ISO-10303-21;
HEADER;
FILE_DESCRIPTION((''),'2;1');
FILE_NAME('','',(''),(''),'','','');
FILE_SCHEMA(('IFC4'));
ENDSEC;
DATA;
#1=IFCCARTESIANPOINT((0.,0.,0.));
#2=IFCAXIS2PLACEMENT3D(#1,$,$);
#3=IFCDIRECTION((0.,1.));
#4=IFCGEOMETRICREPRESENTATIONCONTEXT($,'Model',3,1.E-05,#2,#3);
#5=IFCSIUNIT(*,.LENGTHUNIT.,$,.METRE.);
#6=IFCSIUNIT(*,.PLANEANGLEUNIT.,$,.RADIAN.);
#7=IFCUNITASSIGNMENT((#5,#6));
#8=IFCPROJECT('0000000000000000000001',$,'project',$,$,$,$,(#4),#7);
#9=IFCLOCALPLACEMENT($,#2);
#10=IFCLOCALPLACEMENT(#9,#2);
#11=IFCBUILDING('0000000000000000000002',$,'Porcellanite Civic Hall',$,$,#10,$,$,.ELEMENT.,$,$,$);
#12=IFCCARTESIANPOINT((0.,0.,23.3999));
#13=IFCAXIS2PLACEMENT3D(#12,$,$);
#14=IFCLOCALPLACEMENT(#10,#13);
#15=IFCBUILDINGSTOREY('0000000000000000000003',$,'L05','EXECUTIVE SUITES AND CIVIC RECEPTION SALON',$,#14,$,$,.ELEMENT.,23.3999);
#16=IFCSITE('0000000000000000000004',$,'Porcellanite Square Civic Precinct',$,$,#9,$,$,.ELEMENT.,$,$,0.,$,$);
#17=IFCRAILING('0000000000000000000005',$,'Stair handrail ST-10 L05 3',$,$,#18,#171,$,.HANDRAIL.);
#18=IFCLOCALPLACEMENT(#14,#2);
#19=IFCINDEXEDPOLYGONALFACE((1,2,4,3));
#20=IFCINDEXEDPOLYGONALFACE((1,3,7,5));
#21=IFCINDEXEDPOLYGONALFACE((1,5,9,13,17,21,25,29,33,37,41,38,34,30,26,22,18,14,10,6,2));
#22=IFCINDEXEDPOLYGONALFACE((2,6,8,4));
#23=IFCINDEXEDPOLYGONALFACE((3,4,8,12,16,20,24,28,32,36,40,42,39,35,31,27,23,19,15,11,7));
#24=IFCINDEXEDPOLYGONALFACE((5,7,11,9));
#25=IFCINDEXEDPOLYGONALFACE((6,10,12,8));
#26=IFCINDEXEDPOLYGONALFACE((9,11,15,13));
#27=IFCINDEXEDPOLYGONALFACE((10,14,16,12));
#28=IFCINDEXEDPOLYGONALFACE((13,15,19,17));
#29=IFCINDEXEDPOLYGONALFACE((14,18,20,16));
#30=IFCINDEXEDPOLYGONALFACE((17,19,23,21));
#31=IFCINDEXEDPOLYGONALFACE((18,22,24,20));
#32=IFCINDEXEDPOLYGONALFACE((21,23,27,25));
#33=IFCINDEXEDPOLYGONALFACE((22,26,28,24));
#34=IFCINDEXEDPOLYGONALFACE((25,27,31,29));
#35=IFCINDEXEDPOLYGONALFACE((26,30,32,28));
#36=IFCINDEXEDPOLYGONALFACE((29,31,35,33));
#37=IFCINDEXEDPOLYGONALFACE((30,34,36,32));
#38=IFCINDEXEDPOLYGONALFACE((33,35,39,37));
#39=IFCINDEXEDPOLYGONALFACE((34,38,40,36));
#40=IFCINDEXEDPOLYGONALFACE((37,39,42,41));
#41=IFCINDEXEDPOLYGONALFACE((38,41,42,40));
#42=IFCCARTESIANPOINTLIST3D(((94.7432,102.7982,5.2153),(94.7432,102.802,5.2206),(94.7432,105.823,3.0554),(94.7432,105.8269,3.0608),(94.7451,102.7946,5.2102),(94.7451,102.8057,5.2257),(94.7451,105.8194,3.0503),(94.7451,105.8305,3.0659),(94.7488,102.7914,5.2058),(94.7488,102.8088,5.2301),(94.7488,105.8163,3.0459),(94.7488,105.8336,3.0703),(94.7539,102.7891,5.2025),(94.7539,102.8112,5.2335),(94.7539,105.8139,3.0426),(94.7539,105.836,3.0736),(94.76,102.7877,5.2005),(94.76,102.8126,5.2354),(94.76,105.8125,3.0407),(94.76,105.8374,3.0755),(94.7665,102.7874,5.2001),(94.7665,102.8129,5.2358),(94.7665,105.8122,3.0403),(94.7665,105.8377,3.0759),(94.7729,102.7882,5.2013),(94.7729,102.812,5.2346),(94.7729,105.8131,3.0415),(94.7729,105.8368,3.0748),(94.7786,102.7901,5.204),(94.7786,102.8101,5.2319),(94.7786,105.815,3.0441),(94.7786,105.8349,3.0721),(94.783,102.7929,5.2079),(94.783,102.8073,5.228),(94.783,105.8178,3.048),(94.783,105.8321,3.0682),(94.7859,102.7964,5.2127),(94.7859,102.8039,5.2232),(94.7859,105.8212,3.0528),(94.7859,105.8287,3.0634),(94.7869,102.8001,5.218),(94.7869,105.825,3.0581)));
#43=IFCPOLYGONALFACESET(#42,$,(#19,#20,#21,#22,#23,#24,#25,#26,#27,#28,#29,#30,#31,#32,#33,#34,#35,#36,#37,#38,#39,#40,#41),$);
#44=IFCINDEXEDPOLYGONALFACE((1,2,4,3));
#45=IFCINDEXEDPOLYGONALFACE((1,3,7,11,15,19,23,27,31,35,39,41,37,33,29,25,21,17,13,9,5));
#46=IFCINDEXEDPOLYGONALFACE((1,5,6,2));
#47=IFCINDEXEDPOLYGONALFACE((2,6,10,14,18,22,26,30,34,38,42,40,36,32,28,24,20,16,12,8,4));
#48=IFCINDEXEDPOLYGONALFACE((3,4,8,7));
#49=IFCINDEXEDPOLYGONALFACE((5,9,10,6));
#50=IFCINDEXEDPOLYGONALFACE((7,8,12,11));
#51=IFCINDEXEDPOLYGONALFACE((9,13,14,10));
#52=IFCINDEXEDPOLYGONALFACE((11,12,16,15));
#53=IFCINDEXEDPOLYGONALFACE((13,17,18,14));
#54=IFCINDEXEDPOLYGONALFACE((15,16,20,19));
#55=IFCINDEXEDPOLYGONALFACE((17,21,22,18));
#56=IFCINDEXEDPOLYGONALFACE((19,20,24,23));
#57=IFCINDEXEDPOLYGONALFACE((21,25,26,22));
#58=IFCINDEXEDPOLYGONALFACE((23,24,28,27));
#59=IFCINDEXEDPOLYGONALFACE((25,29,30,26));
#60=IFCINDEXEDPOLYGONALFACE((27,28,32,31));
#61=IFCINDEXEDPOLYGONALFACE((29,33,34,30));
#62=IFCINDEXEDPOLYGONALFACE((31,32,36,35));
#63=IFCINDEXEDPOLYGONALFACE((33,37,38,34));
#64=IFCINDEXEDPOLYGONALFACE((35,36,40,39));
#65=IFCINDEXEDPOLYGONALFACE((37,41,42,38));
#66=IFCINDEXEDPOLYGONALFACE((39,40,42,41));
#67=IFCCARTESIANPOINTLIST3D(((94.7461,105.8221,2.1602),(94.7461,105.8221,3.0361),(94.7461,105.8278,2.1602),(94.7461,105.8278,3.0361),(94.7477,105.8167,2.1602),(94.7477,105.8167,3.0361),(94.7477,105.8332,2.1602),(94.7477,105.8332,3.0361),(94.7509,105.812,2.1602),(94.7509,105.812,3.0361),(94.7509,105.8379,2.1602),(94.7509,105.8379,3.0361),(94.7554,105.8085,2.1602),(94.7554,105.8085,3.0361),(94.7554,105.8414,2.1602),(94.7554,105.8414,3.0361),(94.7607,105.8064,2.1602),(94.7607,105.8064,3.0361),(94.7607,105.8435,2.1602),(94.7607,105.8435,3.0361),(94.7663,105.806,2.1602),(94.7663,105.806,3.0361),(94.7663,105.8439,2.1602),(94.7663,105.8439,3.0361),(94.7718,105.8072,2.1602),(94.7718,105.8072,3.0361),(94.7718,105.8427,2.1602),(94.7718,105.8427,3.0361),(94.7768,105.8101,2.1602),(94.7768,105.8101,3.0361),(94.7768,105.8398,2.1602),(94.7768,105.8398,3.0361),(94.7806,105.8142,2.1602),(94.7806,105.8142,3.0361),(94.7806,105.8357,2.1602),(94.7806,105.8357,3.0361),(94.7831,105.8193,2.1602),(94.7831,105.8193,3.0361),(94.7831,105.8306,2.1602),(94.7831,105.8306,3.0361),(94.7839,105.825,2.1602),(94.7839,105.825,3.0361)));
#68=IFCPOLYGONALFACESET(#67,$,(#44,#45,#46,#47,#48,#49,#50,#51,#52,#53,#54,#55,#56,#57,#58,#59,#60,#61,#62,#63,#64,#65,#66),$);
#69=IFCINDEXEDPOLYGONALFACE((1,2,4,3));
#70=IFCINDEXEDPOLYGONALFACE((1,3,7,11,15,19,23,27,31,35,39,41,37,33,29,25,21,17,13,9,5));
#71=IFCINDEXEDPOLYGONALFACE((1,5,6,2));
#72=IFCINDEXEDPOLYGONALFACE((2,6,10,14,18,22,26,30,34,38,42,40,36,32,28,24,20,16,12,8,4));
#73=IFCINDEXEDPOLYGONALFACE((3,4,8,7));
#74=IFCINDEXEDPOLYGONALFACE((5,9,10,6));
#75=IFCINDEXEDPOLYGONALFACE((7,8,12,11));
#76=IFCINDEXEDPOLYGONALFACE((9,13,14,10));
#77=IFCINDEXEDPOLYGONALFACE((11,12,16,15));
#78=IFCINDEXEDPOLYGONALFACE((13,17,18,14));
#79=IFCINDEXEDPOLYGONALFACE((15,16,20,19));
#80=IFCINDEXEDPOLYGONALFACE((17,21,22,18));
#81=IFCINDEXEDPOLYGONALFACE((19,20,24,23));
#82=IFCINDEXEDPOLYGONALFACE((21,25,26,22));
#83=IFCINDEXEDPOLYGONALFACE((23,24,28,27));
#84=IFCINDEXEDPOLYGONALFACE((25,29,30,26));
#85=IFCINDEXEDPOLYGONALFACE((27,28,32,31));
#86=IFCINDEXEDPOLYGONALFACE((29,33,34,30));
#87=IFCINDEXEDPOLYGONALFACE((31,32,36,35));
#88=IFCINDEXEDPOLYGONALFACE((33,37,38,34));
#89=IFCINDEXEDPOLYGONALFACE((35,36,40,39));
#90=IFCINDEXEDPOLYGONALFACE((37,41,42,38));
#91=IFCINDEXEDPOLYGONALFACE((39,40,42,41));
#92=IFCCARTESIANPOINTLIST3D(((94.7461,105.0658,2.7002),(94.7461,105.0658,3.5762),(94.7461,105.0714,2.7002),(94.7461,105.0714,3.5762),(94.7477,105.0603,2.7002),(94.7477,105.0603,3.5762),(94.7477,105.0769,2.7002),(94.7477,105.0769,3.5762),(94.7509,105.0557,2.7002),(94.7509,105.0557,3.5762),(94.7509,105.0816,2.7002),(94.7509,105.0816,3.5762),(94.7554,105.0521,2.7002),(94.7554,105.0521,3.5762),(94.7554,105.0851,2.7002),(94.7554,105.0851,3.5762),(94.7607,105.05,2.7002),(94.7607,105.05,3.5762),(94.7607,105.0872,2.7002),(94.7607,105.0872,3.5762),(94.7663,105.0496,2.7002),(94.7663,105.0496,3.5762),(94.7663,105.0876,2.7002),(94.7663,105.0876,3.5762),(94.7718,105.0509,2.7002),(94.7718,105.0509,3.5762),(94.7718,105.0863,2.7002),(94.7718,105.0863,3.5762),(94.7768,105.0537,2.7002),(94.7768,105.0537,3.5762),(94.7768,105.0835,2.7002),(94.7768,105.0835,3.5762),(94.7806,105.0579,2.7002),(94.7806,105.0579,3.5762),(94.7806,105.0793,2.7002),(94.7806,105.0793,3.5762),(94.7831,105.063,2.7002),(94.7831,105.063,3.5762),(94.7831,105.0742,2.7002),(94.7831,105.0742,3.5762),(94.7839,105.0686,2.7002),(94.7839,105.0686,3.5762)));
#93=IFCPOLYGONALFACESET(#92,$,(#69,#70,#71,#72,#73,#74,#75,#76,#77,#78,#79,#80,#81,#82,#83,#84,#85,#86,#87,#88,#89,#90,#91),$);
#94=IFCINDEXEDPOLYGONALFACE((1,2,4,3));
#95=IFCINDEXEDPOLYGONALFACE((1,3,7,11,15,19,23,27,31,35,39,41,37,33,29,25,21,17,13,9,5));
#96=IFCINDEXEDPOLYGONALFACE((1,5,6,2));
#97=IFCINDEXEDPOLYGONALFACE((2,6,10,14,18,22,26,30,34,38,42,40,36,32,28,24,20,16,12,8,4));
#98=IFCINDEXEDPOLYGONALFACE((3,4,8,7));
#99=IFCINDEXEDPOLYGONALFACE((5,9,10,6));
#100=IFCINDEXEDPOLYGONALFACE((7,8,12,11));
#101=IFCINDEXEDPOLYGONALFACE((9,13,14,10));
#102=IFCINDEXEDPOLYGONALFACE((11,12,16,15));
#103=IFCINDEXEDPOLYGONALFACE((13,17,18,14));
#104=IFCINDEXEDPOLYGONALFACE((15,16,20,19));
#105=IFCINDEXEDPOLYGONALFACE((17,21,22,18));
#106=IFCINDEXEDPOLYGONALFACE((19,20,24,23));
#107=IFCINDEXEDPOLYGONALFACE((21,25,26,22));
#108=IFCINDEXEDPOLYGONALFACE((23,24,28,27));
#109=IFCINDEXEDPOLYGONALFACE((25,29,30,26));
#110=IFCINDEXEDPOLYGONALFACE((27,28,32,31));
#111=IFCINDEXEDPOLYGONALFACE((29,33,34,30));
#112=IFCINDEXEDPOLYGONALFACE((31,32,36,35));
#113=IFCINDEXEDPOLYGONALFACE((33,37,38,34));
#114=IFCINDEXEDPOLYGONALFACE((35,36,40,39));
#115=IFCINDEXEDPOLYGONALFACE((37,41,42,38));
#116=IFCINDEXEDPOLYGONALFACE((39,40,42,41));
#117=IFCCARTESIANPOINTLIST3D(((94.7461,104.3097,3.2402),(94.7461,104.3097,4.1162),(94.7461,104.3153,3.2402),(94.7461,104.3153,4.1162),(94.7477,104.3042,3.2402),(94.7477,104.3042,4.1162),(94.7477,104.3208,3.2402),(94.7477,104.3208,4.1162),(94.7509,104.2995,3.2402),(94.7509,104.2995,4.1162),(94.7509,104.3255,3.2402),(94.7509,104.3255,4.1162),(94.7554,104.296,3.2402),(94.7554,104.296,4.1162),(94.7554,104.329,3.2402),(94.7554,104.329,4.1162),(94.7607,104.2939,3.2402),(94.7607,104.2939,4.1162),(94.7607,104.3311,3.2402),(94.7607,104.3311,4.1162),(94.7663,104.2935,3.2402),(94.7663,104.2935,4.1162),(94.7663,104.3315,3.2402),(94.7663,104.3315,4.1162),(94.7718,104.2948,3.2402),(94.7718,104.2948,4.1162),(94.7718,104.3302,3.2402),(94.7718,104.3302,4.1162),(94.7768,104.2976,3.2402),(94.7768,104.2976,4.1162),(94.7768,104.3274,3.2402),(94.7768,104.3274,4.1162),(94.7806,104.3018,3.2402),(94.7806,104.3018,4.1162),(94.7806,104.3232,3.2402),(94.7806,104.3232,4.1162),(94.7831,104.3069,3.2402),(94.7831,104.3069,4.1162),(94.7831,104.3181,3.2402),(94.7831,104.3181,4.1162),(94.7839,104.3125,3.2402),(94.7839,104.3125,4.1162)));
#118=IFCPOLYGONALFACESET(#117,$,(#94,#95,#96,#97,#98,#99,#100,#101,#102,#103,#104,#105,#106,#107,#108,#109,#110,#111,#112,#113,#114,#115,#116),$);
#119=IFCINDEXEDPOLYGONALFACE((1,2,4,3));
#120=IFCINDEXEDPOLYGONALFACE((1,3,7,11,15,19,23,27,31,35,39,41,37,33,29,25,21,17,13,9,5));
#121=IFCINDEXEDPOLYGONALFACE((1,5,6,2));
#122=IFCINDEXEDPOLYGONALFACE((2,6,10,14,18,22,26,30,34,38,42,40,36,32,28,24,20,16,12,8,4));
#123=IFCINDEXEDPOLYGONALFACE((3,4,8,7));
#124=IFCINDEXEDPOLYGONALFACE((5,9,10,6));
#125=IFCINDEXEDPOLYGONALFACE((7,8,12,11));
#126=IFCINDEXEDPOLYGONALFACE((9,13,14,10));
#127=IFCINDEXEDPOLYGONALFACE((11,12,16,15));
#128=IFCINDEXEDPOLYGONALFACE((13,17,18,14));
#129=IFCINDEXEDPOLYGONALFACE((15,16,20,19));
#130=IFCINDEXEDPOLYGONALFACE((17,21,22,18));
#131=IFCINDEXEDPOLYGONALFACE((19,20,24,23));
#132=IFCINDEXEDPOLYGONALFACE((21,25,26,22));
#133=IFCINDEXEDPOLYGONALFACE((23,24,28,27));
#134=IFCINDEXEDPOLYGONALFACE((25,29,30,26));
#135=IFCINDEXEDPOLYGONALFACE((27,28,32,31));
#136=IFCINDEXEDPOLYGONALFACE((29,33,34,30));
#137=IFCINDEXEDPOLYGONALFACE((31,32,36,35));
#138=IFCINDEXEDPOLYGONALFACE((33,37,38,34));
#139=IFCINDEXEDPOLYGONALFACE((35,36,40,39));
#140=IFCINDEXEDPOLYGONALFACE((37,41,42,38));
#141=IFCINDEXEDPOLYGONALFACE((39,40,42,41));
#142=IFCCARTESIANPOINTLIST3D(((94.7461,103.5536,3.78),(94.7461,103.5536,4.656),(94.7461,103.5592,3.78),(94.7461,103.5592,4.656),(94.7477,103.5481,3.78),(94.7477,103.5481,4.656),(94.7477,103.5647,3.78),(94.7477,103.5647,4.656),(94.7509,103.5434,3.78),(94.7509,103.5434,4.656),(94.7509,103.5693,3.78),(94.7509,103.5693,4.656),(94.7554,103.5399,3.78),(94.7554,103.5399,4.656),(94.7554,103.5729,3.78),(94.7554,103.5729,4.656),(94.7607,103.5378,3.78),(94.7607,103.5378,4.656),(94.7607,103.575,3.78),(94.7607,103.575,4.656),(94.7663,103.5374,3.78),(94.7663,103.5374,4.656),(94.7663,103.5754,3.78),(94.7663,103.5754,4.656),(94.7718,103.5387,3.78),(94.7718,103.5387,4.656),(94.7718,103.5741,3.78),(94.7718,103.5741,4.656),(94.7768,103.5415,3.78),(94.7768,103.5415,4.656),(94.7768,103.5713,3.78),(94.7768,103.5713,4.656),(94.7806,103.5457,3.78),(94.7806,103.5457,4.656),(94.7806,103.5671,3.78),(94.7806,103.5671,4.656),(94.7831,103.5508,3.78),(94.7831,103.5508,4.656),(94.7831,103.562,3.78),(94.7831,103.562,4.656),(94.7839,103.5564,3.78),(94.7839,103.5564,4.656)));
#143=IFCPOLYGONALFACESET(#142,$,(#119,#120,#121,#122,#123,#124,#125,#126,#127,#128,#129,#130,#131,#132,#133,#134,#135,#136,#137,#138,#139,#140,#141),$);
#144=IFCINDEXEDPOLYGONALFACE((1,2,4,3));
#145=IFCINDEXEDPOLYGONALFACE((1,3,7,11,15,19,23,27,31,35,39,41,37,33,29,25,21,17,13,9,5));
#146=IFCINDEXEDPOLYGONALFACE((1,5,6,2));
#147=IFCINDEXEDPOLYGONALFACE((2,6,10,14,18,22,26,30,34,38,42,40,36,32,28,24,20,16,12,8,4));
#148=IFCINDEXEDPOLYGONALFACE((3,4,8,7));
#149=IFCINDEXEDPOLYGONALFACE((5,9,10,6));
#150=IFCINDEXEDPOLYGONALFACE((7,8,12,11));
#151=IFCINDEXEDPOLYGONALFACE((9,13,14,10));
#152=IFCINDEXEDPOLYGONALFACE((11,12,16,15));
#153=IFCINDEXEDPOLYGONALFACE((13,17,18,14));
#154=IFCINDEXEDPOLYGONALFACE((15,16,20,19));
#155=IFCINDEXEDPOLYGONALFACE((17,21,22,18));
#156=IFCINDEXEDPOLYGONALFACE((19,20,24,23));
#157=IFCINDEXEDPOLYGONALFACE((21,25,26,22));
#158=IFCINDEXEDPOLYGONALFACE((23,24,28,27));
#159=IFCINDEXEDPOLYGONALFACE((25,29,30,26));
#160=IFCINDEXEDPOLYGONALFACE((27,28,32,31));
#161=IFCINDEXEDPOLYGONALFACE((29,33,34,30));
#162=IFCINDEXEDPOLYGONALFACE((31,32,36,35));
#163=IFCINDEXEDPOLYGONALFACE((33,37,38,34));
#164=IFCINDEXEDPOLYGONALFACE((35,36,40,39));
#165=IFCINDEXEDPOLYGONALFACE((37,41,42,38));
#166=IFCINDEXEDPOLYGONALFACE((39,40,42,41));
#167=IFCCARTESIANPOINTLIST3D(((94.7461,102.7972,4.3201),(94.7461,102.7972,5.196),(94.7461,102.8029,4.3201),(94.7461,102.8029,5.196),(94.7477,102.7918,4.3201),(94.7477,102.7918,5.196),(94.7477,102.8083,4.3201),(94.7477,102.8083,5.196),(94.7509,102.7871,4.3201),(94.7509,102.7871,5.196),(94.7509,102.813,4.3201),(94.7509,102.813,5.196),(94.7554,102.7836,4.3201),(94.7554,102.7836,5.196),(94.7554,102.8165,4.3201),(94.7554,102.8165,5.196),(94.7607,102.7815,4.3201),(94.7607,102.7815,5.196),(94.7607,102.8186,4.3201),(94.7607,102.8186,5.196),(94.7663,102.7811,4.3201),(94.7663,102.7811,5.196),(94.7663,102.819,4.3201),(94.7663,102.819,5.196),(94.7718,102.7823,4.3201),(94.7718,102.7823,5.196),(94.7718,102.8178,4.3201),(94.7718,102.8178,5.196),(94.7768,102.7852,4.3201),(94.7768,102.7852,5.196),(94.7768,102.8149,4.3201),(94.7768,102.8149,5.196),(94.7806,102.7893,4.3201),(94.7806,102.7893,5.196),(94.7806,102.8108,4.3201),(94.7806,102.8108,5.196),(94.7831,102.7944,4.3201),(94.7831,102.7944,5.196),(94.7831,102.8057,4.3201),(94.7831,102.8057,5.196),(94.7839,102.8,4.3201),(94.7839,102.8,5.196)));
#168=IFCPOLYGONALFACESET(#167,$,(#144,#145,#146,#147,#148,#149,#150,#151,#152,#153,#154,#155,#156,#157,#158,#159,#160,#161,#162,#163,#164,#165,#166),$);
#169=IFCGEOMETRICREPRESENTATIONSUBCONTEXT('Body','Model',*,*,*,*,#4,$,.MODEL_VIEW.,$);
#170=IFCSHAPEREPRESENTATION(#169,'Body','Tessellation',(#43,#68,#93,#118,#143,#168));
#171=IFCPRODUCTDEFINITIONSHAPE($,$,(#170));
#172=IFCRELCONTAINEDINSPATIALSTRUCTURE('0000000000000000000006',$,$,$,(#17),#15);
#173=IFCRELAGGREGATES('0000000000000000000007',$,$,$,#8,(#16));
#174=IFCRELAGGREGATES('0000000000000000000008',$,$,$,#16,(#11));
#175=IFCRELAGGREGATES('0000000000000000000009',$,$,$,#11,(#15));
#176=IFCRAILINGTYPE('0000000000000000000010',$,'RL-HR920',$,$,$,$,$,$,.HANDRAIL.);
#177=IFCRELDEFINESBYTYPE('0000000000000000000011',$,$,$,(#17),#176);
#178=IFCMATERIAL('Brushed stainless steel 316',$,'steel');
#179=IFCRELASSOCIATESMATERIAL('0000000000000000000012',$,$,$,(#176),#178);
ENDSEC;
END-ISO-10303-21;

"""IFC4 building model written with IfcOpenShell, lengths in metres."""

from ifc_helpers import new_model, si_unit, direction, frame, origin, origin_2d, place, context, subcontext, project, spatial, circle, extrude, material, type_object, element, save


model = new_model("IFC4")

# Units and contexts
model_context = context("Model", 3, precision=1e-05, world=origin(), true_north=direction((0.0, 1.0)))
body_context = subcontext(model_context, "Body", "Model", "MODEL_VIEW")
ifc_project = project(units=[si_unit("LENGTHUNIT", "METRE"), si_unit("PLANEANGLEUNIT", "RADIAN")], contexts=[model_context])

# Site, building, storey
site_placement = place(None, origin())
site = spatial("IfcSite", under=ifc_project, at=site_placement, Name="Porcellanite Square Civic Precinct", CompositionType="ELEMENT", RefElevation=0.0)
building_placement = place(site_placement, origin())
building = spatial("IfcBuilding", under=site, at=building_placement, Name="Porcellanite Civic Hall", CompositionType="ELEMENT")
storey_placement = place(building_placement, frame((0.0, 0.0, 23.3999)))
storey = spatial("IfcBuildingStorey", under=building, at=storey_placement, Name="L05", Description="EXECUTIVE SUITES AND CIVIC RECEPTION SALON", CompositionType="ELEMENT", Elevation=23.3999)

# Railing
ifc_material_1 = material(Name="Brushed stainless steel 316", Category="steel")
railing_type_1 = type_object("IfcRailingType", Name="RL-HR920", PredefinedType="HANDRAIL", material=ifc_material_1)
railing_1_placement = place(storey_placement, frame((94.7649, 105.825, 2.1602)))
element("IfcRailing", 1, at=railing_1_placement, inside=storey, type_object=railing_type_1, Name="Stair handrail ST-10 L05 3", PredefinedType="HANDRAIL", context=body_context, shape_type="SweptSolid", body=[
    extrude(circle(Radius=0.022, at=origin_2d()), frame((0.0, 0.0, 0.8979), z_axis=(0.0, -0.813827, 0.581108), x_axis=(1.0, 0.0, 0.0)), (0.0, 0.0, 1.0), 3.7168),
    extrude(circle(Radius=0.019, at=origin_2d()), origin(), (0.0, 0.0, 1.0), 0.876),
    extrude(circle(Radius=0.019, at=origin_2d()), frame((0.0, -0.7563, 0.54)), (0.0, 0.0, 1.0), 0.876),
    extrude(circle(Radius=0.019, at=origin_2d()), frame((0.0, -1.5125, 1.0801)), (0.0, 0.0, 1.0), 0.876),
    extrude(circle(Radius=0.019, at=origin_2d()), frame((0.0, -2.2686, 1.6199)), (0.0, 0.0, 1.0), 0.876),
    extrude(circle(Radius=0.019, at=origin_2d()), frame((0.0, -3.0249, 2.1599)), (0.0, 0.0, 1.0), 0.876),
])

save(model, "model.ifc")
